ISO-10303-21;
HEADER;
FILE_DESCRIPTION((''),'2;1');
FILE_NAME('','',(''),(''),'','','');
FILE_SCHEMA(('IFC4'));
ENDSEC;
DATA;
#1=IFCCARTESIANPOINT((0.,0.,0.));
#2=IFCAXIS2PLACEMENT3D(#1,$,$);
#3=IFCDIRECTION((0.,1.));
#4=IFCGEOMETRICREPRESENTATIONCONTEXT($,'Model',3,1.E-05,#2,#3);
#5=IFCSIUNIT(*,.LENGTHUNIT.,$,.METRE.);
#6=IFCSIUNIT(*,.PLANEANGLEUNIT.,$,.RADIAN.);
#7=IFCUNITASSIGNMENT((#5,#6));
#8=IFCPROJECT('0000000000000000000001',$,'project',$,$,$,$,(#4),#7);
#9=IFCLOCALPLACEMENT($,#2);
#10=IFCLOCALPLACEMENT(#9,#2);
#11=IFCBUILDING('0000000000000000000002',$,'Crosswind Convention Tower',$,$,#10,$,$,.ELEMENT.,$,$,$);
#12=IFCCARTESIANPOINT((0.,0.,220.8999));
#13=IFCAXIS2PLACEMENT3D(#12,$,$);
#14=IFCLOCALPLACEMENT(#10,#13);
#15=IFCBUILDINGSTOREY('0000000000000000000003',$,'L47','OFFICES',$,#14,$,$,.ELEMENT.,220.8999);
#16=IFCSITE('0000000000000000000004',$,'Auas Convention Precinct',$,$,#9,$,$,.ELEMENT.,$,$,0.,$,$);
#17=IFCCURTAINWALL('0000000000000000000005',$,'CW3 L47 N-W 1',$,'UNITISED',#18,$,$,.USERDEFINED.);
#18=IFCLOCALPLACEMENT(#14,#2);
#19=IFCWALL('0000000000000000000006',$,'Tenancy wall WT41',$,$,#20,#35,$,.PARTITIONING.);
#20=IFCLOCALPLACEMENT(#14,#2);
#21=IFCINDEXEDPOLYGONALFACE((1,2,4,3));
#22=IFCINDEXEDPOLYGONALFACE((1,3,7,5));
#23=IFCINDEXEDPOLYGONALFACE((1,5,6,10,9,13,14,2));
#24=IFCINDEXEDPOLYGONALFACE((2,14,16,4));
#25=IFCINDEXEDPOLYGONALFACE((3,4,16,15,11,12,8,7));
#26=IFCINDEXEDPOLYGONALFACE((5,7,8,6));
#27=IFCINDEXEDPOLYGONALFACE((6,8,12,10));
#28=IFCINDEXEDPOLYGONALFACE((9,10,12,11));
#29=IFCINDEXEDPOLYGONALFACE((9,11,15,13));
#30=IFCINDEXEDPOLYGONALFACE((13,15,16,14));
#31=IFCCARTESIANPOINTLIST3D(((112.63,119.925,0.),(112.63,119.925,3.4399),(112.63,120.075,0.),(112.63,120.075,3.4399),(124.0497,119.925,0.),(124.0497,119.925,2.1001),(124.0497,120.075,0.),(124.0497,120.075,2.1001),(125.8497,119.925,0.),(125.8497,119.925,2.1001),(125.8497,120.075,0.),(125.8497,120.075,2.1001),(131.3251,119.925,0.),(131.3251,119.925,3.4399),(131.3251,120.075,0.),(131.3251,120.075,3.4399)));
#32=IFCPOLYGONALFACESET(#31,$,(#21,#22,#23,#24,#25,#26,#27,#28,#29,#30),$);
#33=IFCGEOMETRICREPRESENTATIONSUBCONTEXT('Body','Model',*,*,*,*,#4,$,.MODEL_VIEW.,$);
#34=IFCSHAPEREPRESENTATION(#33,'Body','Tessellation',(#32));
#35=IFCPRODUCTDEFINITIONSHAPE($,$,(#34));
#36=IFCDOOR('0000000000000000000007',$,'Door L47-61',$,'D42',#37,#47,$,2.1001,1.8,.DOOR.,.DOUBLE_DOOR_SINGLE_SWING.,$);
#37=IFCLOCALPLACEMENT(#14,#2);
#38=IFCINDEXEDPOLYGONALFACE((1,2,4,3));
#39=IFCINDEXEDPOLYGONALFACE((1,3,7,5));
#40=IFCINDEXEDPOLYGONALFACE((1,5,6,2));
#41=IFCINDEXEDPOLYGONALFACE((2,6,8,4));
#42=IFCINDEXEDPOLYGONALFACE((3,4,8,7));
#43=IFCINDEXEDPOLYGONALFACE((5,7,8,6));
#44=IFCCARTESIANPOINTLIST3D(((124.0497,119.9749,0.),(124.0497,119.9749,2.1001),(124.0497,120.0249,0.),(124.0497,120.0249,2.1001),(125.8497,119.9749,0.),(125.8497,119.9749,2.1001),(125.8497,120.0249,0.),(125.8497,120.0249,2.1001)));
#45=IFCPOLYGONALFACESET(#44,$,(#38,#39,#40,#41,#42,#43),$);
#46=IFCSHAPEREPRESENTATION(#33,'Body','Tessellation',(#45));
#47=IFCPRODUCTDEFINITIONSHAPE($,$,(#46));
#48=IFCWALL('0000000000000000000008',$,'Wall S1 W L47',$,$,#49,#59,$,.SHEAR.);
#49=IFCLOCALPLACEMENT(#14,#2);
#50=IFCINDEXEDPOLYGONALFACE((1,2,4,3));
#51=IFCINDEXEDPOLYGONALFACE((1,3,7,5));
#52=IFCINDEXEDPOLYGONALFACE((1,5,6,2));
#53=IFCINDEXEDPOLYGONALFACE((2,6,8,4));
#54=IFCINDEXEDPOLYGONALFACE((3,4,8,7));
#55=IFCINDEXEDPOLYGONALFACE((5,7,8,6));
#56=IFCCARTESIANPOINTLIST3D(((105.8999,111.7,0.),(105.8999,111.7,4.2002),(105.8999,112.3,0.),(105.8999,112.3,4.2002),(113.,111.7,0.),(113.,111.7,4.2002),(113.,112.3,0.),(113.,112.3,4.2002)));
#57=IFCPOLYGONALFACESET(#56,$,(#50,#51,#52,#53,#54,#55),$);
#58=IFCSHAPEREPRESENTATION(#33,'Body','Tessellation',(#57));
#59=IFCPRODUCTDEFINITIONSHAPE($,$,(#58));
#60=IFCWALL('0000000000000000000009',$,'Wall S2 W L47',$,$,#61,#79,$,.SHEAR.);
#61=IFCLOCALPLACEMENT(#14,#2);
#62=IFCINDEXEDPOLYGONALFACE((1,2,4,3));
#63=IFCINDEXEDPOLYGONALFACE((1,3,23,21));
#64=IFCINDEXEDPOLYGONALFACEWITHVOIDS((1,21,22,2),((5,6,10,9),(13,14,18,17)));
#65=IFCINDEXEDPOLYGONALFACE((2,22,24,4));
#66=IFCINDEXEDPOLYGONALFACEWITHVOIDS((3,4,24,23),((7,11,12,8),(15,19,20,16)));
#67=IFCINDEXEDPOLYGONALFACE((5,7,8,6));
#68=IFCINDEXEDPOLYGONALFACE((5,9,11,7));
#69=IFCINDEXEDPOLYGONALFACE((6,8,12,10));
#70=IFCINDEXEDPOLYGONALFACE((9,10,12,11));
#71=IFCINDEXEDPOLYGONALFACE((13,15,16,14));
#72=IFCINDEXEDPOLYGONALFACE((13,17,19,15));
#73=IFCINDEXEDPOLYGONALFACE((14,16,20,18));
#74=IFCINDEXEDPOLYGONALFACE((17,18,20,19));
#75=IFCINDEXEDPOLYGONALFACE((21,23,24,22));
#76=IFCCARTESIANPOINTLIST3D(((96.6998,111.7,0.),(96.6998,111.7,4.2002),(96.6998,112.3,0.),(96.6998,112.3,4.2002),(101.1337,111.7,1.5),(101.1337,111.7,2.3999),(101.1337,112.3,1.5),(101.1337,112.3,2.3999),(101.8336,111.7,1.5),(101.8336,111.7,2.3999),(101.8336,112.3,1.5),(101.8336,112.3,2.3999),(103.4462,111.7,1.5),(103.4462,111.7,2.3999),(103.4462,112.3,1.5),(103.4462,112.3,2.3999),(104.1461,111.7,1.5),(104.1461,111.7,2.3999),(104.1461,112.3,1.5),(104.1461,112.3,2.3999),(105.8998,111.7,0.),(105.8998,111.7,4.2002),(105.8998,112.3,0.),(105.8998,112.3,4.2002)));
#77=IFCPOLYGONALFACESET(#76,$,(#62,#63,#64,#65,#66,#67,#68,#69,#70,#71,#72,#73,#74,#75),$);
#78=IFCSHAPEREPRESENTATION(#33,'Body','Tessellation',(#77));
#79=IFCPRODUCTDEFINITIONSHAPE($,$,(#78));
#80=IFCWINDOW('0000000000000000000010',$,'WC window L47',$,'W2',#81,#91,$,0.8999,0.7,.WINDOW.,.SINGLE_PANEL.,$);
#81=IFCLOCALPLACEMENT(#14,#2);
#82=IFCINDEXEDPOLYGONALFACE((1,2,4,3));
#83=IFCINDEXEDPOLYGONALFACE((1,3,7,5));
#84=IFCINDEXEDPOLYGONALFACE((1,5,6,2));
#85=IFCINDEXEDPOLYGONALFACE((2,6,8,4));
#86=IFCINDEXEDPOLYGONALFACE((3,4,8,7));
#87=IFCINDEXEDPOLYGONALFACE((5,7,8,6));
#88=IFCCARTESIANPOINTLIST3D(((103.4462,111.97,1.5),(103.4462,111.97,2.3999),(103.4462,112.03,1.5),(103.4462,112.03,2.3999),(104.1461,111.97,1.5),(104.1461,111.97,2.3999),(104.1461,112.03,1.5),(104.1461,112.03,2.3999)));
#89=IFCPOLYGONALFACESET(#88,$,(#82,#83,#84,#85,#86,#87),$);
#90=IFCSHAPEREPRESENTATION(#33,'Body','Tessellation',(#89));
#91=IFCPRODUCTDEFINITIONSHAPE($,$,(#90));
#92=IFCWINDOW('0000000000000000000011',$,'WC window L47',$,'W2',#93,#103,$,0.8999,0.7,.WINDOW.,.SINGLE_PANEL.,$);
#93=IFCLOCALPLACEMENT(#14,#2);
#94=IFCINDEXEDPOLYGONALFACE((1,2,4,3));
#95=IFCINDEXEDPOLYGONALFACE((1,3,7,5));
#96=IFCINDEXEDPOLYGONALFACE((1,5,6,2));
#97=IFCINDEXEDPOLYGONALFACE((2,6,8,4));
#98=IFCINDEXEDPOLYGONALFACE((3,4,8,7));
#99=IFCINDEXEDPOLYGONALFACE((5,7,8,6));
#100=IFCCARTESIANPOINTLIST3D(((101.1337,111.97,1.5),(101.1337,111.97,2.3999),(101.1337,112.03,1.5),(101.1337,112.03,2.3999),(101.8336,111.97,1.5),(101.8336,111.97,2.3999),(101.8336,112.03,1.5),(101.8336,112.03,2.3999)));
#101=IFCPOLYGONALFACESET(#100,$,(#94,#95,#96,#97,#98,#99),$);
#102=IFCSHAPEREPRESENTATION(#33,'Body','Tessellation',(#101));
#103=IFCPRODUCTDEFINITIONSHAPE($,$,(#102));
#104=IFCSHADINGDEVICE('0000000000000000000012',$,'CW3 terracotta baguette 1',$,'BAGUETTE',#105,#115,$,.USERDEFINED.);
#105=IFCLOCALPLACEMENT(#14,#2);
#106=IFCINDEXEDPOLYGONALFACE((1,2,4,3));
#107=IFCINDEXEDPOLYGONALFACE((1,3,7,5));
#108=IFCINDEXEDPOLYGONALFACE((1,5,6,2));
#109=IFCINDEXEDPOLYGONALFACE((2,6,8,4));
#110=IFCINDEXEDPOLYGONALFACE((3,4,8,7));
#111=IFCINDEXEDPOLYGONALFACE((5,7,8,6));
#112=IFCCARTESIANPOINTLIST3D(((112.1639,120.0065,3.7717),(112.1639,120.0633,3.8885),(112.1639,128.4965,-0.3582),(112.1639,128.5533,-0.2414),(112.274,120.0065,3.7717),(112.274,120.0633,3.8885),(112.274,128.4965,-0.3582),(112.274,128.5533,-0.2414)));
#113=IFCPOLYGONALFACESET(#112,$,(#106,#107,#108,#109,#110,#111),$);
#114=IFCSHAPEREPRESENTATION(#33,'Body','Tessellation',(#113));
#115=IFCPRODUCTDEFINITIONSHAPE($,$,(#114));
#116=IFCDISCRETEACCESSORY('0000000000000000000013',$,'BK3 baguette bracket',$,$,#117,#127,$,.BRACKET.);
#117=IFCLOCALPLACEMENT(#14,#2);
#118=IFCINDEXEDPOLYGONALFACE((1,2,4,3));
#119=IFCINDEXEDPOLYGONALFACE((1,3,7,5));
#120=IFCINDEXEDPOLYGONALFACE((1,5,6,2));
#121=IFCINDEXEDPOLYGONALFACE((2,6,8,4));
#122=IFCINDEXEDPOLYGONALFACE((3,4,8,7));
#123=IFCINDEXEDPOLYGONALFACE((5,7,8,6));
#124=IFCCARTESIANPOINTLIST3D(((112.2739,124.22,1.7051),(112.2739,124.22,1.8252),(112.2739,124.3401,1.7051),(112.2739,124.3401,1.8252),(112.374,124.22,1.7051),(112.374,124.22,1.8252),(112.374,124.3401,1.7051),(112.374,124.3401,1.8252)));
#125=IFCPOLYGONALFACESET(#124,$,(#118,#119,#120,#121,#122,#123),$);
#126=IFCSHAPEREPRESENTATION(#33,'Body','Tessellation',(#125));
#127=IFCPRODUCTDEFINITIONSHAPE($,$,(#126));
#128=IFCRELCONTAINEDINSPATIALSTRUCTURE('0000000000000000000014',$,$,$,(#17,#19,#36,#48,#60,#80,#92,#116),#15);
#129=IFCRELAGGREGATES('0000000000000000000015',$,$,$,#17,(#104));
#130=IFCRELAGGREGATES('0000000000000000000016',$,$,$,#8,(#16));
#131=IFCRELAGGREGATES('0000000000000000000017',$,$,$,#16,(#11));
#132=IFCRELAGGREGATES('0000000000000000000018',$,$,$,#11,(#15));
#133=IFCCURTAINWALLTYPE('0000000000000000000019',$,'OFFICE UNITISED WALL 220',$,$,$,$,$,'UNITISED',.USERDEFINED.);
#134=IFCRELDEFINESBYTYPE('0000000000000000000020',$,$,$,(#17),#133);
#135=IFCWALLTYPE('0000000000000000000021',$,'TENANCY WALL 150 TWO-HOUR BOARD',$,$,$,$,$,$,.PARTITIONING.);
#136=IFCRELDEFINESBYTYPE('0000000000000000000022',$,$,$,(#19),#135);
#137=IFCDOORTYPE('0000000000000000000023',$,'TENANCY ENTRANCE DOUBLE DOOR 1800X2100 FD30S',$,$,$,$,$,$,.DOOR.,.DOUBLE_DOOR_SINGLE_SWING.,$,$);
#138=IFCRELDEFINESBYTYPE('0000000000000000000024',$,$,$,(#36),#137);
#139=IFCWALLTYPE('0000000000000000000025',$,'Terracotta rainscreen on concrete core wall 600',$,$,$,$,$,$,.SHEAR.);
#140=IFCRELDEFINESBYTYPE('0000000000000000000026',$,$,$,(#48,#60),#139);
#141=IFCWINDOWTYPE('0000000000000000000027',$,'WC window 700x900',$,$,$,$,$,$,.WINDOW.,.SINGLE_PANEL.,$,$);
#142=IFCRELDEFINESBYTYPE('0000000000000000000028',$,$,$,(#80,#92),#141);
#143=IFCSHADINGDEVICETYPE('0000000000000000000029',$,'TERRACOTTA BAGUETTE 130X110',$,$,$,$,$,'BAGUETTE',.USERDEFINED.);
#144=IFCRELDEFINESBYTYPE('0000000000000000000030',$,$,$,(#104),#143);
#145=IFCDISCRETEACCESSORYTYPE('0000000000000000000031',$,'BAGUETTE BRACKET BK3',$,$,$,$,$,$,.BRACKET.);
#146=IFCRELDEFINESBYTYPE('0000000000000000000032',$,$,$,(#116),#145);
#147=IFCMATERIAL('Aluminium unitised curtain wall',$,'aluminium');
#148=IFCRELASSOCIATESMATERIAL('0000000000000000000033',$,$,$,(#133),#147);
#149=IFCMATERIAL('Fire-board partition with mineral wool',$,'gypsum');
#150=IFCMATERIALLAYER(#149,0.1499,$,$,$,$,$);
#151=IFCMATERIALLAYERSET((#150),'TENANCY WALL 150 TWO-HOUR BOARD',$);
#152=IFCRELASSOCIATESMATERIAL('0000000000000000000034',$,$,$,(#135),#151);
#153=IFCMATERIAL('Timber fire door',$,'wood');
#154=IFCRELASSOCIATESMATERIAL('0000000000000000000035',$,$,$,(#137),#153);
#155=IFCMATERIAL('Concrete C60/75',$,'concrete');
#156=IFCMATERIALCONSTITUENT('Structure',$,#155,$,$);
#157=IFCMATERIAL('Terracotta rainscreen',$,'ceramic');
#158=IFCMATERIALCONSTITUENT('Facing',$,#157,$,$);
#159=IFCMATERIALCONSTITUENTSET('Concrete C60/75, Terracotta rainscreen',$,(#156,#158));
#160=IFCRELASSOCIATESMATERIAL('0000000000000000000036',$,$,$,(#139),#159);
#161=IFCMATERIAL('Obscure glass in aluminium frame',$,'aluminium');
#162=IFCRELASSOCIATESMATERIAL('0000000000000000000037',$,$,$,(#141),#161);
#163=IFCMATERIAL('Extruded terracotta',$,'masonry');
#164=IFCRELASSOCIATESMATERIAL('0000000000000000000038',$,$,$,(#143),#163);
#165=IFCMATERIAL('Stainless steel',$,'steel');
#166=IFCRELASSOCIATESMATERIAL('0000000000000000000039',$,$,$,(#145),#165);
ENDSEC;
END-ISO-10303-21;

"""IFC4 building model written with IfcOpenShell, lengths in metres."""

from ifc_helpers import new_model, si_unit, direction, frame, frame_2d, origin, origin_2d, place, context, subcontext, project, spatial, rectangle, extrude, material, layer, layer_set, constituent, constituent_set, material_profile, profile_set, type_object, element, fill, aggregate, save


model = new_model("IFC4")

# Units and contexts
model_context = context("Model", 3, precision=1e-05, world=origin(), true_north=direction((0.0, 1.0)))
body_context = subcontext(model_context, "Body", "Model", "MODEL_VIEW")
ifc_project = project(units=[si_unit("LENGTHUNIT", "METRE"), si_unit("PLANEANGLEUNIT", "RADIAN")], contexts=[model_context])

# Site, building, storey
site_placement = place(None, origin())
site = spatial("IfcSite", under=ifc_project, at=site_placement, Name="Auas Convention Precinct", CompositionType="ELEMENT", RefElevation=0.0)
building_placement = place(site_placement, origin())
building = spatial("IfcBuilding", under=site, at=building_placement, Name="Crosswind Convention Tower", CompositionType="ELEMENT")
storey_placement = place(building_placement, frame((0.0, 0.0, 220.8999)))
storey = spatial("IfcBuildingStorey", under=building, at=storey_placement, Name="L47", Description="OFFICES", CompositionType="ELEMENT", Elevation=220.8999)

# Shared definitions
ifc_material_1 = material(Name="Concrete C60/75", Category="concrete")

# Shared definitions
ifc_material_2 = material(Name="Aluminium unitised curtain wall", Category="aluminium")
curtain_wall_type_1 = type_object("IfcCurtainWallType", Name="OFFICE UNITISED WALL 220", ElementType="UNITISED", PredefinedType="USERDEFINED", material=ifc_material_2)

# Curtain wall
curtain_wall_1_placement = place(storey_placement, origin())
curtain_wall_1 = element("IfcCurtainWall", 1, at=curtain_wall_1_placement, inside=storey, type_object=curtain_wall_type_1, Name="CW3 L47 N-W 1", ObjectType="UNITISED", PredefinedType="USERDEFINED")

# Wall, opening, door
ifc_material_3 = material(Name="Fire-board partition with mineral wool", Category="gypsum")
ifc_layer_1 = layer(ifc_material_3, 0.1499)
ifc_layer_set_1 = layer_set([ifc_layer_1], Name="TENANCY WALL 150 TWO-HOUR BOARD")
wall_type_1 = type_object("IfcWallType", Name="TENANCY WALL 150 TWO-HOUR BOARD", PredefinedType="PARTITIONING", material=ifc_layer_set_1)
wall_1_placement = place(storey_placement, frame((112.6299, 120.0, 0.0), z_axis=(0.0, 0.0, 1.0), x_axis=(1.0, 0.0, 0.0)))
wall_1 = element("IfcWall", 2, at=wall_1_placement, inside=storey, type_object=wall_type_1, Name="Tenancy wall WT41", PredefinedType="PARTITIONING", context=body_context, shape_type="SweptSolid", body=[
    extrude(rectangle(XDim=18.6951, YDim=0.1499, at=frame_2d((9.3477, 0.0))), origin(), (0.0, 0.0, 1.0), 3.4399),
])
opening_1_placement = place(wall_1_placement, frame((11.4199, 0.0, 0.0)))
opening_1 = element("IfcOpeningElement", 3, at=opening_1_placement, cuts=wall_1, PredefinedType="OPENING", context=body_context, shape_type="SweptSolid", body=[
    extrude(rectangle(XDim=1.8, YDim=2.1001, at=frame_2d((0.8999, 1.05))), frame((0.0, 0.085, 0.0), z_axis=(0.0, -1.0, 0.0), x_axis=(1.0, 0.0, 0.0)), (0.0, 0.0, 1.0), 0.1699),
])
ifc_material_4 = material(Name="Timber fire door", Category="wood")
door_type = type_object("IfcDoorType", Name="TENANCY ENTRANCE DOUBLE DOOR 1800X2100 FD30S", OperationType="DOUBLE_DOOR_SINGLE_SWING", PredefinedType="DOOR", material=ifc_material_4)
door_placement = place(opening_1_placement, origin())
door = element("IfcDoor", 4, at=door_placement, inside=storey, type_object=door_type, Name="Door L47-61", ObjectType="D42", OperationType="DOUBLE_DOOR_SINGLE_SWING", OverallHeight=2.1001, OverallWidth=1.8, PredefinedType="DOOR", context=body_context, shape_type="SweptSolid", body=[
    extrude(rectangle(XDim=1.8, YDim=2.1001, at=frame_2d((0.8999, 1.05))), frame((0.0, 0.0249, 0.0), z_axis=(0.0, -1.0, 0.0), x_axis=(1.0, 0.0, 0.0)), (0.0, 0.0, 1.0), 0.05),
])
fill(opening_1, door)

# Wall
ifc_constituent_1 = constituent(ifc_material_1, Name="Structure")
ifc_material_5 = material(Name="Terracotta rainscreen", Category="ceramic")
ifc_constituent_2 = constituent(ifc_material_5, Name="Facing")
ifc_constituent_set = constituent_set(constituents=[ifc_constituent_1, ifc_constituent_2], Name="Concrete C60/75, Terracotta rainscreen")
wall_type_2 = type_object("IfcWallType", Name="Terracotta rainscreen on concrete core wall 600", PredefinedType="SHEAR", material=ifc_constituent_set)
wall_2_placement = place(storey_placement, frame((113.0, 112.0, 0.0), z_axis=(0.0, 0.0, 1.0), x_axis=(-1.0, 0.0, 0.0)))
element("IfcWall", 5, at=wall_2_placement, inside=storey, type_object=wall_type_2, Name="Wall S1 W L47", PredefinedType="SHEAR", context=body_context, shape_type="SweptSolid", body=[
    extrude(rectangle(XDim=7.1001, YDim=0.6001, at=frame_2d((3.55, 0.0))), origin(), (0.0, 0.0, 1.0), 4.2002),
])

# Wall, openings, windows
wall_3_placement = place(storey_placement, frame((105.8999, 112.0, 0.0), z_axis=(0.0, 0.0, 1.0), x_axis=(-1.0, 0.0, 0.0)))
wall_3 = element("IfcWall", 6, at=wall_3_placement, inside=storey, type_object=wall_type_2, Name="Wall S2 W L47", PredefinedType="SHEAR", context=body_context, shape_type="SweptSolid", body=[
    extrude(rectangle(XDim=9.2, YDim=0.6001, at=frame_2d((4.6001, 0.0))), origin(), (0.0, 0.0, 1.0), 4.2002),
])
opening_2_placement = place(wall_3_placement, frame((1.7537, 0.0, 1.5)))
opening_2 = element("IfcOpeningElement", 7, at=opening_2_placement, cuts=wall_3, PredefinedType="OPENING", context=body_context, shape_type="SweptSolid", body=[
    extrude(rectangle(XDim=0.7, YDim=0.8999, at=frame_2d((0.3501, 0.45))), frame((0.0, 0.3101, 0.0), z_axis=(0.0, -1.0, 0.0), x_axis=(1.0, 0.0, 0.0)), (0.0, 0.0, 1.0), 0.6201),
])
opening_3_placement = place(wall_3_placement, frame((4.0662, 0.0, 1.5)))
opening_3 = element("IfcOpeningElement", 8, at=opening_3_placement, cuts=wall_3, PredefinedType="OPENING", context=body_context, shape_type="SweptSolid", body=[
    extrude(rectangle(XDim=0.7, YDim=0.8999, at=frame_2d((0.3501, 0.45))), frame((0.0, 0.3101, 0.0), z_axis=(0.0, -1.0, 0.0), x_axis=(1.0, 0.0, 0.0)), (0.0, 0.0, 1.0), 0.6201),
])
ifc_material_6 = material(Name="Obscure glass in aluminium frame", Category="aluminium")
window_type = type_object("IfcWindowType", Name="WC window 700x900", PartitioningType="SINGLE_PANEL", PredefinedType="WINDOW", material=ifc_material_6)
window_1_placement = place(opening_2_placement, origin())
window_1 = element("IfcWindow", 9, at=window_1_placement, inside=storey, type_object=window_type, Name="WC window L47", ObjectType="W2", OverallHeight=0.8999, OverallWidth=0.7, PartitioningType="SINGLE_PANEL", PredefinedType="WINDOW", context=body_context, shape_type="SweptSolid", body=[
    extrude(rectangle(XDim=0.7, YDim=0.8999, at=frame_2d((0.3501, 0.45))), frame((0.0, 0.03, 0.0), z_axis=(0.0, -1.0, 0.0), x_axis=(1.0, 0.0, 0.0)), (0.0, 0.0, 1.0), 0.0601),
])
fill(opening_2, window_1)
window_2_placement = place(opening_3_placement, origin())
window_2 = element("IfcWindow", 10, at=window_2_placement, inside=storey, type_object=window_type, Name="WC window L47", ObjectType="W2", OverallHeight=0.8999, OverallWidth=0.7, PartitioningType="SINGLE_PANEL", PredefinedType="WINDOW", context=body_context, shape_type="SweptSolid", body=[
    extrude(rectangle(XDim=0.7, YDim=0.8999, at=frame_2d((0.3501, 0.45))), frame((0.0, 0.03, 0.0), z_axis=(0.0, -1.0, 0.0), x_axis=(1.0, 0.0, 0.0)), (0.0, 0.0, 1.0), 0.0601),
])
fill(opening_3, window_2)

# Shading device
ifc_material_7 = material(Name="Extruded terracotta", Category="masonry")
ifc_material_profile_1 = material_profile(ifc_material_7, rectangle(XDim=0.1101, YDim=0.1299, at=origin_2d()), Name="TC 110X130")
ifc_profile_set_1 = profile_set([ifc_material_profile_1], Name="Extruded terracotta")
shading_device_type = type_object("IfcShadingDeviceType", Name="TERRACOTTA BAGUETTE 130X110", ElementType="BAGUETTE", PredefinedType="USERDEFINED", material=ifc_profile_set_1)
shading_device_placement = place(storey_placement, frame((112.219, 128.5249, -0.2998), z_axis=(0.0, -0.899251, 0.437433), x_axis=(1.0, 0.0, 0.0)))
shading_device = element("IfcShadingDevice", 11, at=shading_device_placement, type_object=shading_device_type, Name="CW3 terracotta baguette 1", ObjectType="BAGUETTE", PredefinedType="USERDEFINED", context=body_context, shape_type="SweptSolid", body=[
    extrude(rectangle(XDim=0.1101, YDim=0.1299, at=origin_2d()), origin(), (0.0, 0.0, 1.0), 9.4412),
])
aggregate(curtain_wall_1, [shading_device])

# Discrete accessory
ifc_material_8 = material(Name="Stainless steel", Category="steel")
discrete_accessory_type = type_object("IfcDiscreteAccessoryType", Name="BAGUETTE BRACKET BK3", PredefinedType="BRACKET", material=ifc_material_8)
discrete_accessory_placement = place(storey_placement, frame((112.324, 124.28, 1.7051), z_axis=(0.0, 0.0, 1.0), x_axis=(0.0, -1.0, 0.0)))
element("IfcDiscreteAccessory", 12, at=discrete_accessory_placement, inside=storey, type_object=discrete_accessory_type, Name="BK3 baguette bracket", PredefinedType="BRACKET", context=body_context, shape_type="SweptSolid", body=[
    extrude(rectangle(XDim=0.1201, YDim=0.1001, at=origin_2d()), origin(), (0.0, 0.0, 1.0), 0.1201),
])

save(model, "model.ifc")
